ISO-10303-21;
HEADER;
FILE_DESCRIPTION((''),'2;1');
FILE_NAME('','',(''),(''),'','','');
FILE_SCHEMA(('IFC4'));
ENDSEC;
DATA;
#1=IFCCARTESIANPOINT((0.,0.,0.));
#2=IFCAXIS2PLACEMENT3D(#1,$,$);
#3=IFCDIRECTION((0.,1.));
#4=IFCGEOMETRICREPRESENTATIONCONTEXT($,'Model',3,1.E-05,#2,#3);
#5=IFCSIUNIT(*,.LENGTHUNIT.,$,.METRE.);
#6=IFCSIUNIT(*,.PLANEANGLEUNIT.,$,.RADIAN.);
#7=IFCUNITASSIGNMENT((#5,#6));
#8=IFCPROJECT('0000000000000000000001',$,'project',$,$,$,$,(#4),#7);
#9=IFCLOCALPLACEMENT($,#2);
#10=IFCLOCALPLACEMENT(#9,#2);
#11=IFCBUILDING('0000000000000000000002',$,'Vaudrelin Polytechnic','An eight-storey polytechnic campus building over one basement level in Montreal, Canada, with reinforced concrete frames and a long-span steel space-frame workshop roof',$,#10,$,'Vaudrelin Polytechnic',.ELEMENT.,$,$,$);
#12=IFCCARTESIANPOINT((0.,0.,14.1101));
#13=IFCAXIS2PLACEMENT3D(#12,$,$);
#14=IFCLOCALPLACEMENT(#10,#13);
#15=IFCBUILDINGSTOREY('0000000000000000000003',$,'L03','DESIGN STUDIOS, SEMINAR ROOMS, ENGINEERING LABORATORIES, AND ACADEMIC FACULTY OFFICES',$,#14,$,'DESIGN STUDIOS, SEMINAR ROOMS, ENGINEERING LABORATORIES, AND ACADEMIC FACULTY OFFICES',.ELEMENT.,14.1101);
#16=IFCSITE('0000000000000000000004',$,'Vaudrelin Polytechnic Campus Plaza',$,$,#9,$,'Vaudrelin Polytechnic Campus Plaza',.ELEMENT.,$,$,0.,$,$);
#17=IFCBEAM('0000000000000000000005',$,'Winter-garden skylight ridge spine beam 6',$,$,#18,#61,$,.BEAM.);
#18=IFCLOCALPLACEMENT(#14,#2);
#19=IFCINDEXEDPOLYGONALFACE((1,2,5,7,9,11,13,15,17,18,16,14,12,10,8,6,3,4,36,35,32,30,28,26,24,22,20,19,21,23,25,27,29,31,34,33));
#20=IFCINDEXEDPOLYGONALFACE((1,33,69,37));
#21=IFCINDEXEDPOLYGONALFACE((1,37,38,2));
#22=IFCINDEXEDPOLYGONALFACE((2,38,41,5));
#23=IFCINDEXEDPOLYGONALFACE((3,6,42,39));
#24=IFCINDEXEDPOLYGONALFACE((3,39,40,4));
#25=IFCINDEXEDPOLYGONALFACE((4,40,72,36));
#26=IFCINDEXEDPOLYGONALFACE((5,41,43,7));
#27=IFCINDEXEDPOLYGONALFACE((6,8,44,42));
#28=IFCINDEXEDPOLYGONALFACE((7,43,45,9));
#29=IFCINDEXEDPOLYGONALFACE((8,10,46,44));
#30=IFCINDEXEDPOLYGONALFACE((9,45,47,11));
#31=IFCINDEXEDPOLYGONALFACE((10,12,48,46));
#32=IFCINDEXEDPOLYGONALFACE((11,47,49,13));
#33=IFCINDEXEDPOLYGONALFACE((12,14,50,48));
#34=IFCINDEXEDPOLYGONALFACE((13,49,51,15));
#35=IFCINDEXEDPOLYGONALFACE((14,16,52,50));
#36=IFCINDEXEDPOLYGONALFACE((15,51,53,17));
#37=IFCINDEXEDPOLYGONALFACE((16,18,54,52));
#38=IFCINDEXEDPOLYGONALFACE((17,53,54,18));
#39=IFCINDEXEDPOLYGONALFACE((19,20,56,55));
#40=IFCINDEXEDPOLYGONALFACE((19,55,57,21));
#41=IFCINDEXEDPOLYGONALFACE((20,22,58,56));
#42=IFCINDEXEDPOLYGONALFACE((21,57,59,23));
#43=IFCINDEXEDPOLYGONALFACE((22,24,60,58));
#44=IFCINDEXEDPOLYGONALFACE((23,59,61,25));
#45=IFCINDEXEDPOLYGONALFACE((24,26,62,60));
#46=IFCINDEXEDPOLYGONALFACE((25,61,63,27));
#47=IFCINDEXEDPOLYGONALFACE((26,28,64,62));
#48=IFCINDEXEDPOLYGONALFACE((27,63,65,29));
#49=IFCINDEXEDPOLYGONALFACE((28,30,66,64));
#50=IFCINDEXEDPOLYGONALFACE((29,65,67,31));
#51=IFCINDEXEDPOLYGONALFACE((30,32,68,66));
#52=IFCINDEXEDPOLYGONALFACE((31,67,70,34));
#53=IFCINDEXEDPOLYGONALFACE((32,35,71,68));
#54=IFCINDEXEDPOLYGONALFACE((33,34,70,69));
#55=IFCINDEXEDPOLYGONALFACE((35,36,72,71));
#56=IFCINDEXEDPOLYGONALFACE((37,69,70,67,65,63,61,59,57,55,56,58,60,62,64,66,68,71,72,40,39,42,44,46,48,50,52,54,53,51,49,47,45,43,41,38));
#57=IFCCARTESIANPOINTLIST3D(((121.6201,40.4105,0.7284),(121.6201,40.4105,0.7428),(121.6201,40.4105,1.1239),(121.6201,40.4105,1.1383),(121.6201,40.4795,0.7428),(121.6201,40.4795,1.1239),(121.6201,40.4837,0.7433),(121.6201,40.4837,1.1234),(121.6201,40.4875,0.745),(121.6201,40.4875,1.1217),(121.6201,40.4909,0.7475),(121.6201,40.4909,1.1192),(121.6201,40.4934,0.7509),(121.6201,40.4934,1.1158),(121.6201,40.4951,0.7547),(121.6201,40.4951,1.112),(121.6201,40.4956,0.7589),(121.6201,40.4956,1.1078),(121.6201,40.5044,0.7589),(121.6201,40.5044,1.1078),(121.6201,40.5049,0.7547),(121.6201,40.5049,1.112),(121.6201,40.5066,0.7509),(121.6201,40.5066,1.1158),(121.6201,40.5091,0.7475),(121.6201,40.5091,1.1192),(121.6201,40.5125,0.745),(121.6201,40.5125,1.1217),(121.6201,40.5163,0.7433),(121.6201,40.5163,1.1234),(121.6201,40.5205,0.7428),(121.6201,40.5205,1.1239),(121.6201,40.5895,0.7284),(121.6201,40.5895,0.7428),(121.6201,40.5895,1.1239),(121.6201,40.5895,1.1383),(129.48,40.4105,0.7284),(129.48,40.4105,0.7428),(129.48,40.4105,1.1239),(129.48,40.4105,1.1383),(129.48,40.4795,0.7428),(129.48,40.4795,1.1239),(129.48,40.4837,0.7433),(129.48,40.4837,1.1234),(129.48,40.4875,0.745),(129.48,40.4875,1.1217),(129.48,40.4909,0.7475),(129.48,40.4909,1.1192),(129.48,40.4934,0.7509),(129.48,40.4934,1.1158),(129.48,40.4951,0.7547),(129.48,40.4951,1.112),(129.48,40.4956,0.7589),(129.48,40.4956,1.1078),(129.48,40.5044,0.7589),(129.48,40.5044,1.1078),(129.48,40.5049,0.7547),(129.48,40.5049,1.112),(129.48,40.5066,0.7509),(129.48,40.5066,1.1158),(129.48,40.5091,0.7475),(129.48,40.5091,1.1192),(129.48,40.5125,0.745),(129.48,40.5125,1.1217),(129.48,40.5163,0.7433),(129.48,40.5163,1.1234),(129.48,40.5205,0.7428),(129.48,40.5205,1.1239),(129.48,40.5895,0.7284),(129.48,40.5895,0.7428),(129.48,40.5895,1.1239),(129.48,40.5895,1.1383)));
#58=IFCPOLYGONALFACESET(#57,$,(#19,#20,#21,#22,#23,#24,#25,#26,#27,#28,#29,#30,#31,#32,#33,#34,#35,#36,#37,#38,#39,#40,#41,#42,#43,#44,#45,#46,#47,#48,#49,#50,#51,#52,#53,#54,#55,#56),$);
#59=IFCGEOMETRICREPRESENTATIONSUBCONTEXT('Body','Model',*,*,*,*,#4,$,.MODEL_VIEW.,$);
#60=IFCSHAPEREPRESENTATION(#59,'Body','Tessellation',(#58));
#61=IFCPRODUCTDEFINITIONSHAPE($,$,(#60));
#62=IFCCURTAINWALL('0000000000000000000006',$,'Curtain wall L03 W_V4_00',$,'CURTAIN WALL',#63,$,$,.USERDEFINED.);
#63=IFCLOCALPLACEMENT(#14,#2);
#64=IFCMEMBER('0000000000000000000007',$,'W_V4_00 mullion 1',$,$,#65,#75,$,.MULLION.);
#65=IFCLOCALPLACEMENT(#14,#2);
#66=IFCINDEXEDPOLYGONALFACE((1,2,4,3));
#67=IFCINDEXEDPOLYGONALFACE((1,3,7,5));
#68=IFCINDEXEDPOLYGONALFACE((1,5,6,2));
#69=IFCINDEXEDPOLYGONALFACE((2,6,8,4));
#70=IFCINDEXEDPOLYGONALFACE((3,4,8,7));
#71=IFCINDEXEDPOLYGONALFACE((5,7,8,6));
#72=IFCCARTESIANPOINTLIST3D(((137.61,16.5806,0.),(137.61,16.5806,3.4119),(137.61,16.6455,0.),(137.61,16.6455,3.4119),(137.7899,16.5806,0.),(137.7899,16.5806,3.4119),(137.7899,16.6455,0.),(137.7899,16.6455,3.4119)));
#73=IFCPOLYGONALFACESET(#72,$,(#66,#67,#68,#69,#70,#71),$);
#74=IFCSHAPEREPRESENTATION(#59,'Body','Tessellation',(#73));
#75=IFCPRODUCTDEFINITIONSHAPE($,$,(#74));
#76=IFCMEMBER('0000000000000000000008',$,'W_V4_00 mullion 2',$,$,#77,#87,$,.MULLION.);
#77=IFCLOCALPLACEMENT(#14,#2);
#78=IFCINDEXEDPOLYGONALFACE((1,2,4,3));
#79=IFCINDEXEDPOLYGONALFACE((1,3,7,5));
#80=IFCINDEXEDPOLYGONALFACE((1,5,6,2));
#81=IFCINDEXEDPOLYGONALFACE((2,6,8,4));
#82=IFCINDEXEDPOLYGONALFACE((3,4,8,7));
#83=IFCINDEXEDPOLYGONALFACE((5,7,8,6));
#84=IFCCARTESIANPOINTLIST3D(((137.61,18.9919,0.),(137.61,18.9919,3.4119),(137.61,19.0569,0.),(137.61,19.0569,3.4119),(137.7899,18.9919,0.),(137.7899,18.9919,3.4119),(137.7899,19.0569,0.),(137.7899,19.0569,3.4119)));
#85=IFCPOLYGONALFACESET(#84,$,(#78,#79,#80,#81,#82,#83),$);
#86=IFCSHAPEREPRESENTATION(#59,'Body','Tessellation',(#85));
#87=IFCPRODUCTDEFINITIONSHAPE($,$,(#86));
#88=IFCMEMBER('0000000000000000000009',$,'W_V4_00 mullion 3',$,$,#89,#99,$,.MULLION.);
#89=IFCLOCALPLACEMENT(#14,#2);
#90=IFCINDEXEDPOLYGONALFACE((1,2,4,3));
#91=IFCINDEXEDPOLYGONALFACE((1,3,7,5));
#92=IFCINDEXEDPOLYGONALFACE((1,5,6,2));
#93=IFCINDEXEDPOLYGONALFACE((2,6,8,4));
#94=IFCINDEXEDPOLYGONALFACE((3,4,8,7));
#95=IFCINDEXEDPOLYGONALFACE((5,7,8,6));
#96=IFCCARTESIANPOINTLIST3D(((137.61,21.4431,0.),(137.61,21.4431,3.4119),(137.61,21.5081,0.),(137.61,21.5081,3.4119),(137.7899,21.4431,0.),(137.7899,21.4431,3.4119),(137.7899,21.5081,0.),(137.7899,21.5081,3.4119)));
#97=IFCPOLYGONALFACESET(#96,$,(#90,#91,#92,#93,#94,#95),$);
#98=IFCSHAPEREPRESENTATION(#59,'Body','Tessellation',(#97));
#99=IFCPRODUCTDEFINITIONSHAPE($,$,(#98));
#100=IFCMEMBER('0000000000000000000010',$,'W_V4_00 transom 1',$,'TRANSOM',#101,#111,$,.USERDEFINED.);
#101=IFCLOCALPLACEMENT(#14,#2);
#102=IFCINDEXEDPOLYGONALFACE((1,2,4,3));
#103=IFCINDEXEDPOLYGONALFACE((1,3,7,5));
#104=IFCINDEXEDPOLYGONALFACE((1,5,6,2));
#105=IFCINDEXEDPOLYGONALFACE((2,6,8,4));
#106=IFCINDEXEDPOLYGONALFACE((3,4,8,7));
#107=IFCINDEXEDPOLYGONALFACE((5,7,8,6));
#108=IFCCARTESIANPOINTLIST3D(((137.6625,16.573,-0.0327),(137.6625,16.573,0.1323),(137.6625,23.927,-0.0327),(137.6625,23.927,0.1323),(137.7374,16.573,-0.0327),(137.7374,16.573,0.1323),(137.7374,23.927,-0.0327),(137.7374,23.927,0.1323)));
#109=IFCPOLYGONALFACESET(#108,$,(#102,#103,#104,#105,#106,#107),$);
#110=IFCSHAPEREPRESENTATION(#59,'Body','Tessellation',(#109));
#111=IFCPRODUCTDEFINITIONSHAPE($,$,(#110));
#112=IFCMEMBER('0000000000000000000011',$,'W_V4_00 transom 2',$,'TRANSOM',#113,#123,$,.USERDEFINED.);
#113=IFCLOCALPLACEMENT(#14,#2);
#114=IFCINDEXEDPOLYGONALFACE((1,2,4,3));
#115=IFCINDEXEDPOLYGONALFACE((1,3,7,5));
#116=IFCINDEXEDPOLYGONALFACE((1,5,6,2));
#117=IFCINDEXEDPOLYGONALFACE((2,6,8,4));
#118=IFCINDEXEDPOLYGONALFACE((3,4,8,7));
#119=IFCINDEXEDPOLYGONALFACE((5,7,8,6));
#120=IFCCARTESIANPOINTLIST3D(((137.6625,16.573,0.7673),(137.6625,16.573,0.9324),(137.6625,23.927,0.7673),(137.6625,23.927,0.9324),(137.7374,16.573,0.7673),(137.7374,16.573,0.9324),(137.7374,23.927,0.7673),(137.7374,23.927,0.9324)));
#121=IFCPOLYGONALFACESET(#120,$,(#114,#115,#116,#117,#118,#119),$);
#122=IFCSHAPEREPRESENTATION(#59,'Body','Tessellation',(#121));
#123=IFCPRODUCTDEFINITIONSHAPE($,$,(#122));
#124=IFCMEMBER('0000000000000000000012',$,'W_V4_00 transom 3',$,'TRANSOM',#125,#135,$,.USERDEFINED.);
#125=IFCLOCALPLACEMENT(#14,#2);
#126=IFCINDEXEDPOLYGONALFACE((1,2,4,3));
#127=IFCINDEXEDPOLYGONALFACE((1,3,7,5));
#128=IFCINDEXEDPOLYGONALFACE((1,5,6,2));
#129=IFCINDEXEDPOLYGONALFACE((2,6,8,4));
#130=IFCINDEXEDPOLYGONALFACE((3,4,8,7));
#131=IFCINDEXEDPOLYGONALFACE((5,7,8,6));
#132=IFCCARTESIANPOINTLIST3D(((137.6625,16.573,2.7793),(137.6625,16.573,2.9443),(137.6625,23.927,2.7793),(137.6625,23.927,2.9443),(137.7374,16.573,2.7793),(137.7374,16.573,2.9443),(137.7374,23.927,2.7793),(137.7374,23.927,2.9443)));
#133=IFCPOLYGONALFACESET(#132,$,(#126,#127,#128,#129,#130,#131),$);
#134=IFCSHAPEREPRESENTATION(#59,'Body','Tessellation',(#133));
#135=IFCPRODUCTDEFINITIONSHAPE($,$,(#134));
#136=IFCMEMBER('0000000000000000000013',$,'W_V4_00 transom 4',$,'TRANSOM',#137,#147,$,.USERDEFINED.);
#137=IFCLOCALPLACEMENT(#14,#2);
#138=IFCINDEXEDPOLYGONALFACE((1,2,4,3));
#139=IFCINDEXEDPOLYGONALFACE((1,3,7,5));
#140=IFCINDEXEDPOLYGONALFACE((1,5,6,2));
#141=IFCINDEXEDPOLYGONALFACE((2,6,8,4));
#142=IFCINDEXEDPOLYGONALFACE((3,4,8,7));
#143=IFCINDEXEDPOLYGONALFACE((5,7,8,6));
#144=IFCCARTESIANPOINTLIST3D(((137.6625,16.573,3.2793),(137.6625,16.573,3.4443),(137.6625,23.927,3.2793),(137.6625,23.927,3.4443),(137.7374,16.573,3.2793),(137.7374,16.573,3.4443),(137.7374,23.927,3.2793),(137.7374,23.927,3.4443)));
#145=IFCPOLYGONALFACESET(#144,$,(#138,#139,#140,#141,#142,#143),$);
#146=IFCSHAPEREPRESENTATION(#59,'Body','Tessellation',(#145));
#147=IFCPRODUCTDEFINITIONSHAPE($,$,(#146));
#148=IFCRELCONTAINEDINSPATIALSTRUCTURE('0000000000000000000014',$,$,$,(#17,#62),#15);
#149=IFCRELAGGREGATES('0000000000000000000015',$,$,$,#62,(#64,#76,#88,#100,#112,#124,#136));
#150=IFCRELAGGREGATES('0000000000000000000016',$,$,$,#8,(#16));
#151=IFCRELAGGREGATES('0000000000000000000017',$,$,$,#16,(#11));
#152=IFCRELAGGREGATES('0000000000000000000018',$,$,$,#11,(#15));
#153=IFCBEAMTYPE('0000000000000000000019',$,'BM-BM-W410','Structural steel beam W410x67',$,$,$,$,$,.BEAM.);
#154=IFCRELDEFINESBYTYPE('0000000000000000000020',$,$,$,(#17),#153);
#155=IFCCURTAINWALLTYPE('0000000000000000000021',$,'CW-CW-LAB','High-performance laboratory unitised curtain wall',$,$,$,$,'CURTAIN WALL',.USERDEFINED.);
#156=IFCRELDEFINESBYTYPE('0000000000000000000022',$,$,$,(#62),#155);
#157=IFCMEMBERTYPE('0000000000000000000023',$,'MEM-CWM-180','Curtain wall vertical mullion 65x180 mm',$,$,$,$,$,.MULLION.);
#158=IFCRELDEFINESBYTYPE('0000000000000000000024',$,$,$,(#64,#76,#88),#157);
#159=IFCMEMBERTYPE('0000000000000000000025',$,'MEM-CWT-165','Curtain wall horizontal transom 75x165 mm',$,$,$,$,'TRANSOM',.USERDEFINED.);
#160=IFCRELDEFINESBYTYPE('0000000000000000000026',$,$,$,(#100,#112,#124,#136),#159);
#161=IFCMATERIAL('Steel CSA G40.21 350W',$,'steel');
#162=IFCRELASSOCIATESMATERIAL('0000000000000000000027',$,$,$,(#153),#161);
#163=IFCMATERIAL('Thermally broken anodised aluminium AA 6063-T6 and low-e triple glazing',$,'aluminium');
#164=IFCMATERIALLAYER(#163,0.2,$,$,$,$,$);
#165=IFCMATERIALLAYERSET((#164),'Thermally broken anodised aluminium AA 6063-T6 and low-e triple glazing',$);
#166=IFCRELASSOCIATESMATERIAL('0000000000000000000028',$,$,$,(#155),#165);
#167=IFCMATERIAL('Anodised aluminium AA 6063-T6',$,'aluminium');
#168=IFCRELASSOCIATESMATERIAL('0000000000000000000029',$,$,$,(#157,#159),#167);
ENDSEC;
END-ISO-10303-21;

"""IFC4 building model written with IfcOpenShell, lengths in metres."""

from ifc_helpers import new_model, si_unit, direction, frame, origin, origin_2d, place, context, subcontext, project, spatial, rectangle, i_section, extrude, material, layer, layer_set, material_profile, profile_set, type_object, element, aggregate, save


model = new_model("IFC4")

# Units and contexts
model_context = context("Model", 3, precision=1e-05, world=origin(), true_north=direction((0.0, 1.0)))
body_context = subcontext(model_context, "Body", "Model", "MODEL_VIEW")
ifc_project = project(units=[si_unit("LENGTHUNIT", "METRE"), si_unit("PLANEANGLEUNIT", "RADIAN")], contexts=[model_context])

# Site, building, storey
site_placement = place(None, origin())
site = spatial("IfcSite", under=ifc_project, at=site_placement, Name="Vaudrelin Polytechnic Campus Plaza", LongName="Vaudrelin Polytechnic Campus Plaza", CompositionType="ELEMENT", RefElevation=0.0)
building_placement = place(site_placement, origin())
building = spatial("IfcBuilding", under=site, at=building_placement, Name="Vaudrelin Polytechnic", Description="An eight-storey polytechnic campus building over one basement level in Montreal, Canada, with reinforced concrete frames and a long-span steel space-frame workshop roof", LongName="Vaudrelin Polytechnic", CompositionType="ELEMENT")
storey_placement = place(building_placement, frame((0.0, 0.0, 14.1101)))
storey = spatial("IfcBuildingStorey", under=building, at=storey_placement, Name="L03", Description="DESIGN STUDIOS, SEMINAR ROOMS, ENGINEERING LABORATORIES, AND ACADEMIC FACULTY OFFICES", LongName="DESIGN STUDIOS, SEMINAR ROOMS, ENGINEERING LABORATORIES, AND ACADEMIC FACULTY OFFICES", CompositionType="ELEMENT", Elevation=14.1101)

# Shared definitions
ifc_material_1 = material(Name="Steel CSA G40.21 350W", Category="steel")

# Beam
ifc_material_profile_1 = material_profile(ifc_material_1, i_section(OverallWidth=0.179, OverallDepth=0.4099, WebThickness=0.0088, FlangeThickness=0.0144, FilletRadius=0.0161, at=origin_2d()), Name="W410x67")
ifc_profile_set_1 = profile_set([ifc_material_profile_1], Name="Steel CSA G40.21 350W")
beam_type_1 = type_object("IfcBeamType", Name="BM-BM-W410", Description="Structural steel beam W410x67", PredefinedType="BEAM", material=ifc_profile_set_1)
beam_1_placement = place(storey_placement, frame((121.6201, 40.5, 0.9333), z_axis=(1.0, 0.0, 0.0), x_axis=(0.0, 1.0, 0.0)))
element("IfcBeam", 1, at=beam_1_placement, inside=storey, type_object=beam_type_1, Name="Winter-garden skylight ridge spine beam 6", PredefinedType="BEAM", context=body_context, shape_type="SweptSolid", body=[
    extrude(i_section(OverallWidth=0.179, OverallDepth=0.4099, WebThickness=0.0088, FlangeThickness=0.0144, FilletRadius=0.0161, at=origin_2d()), origin(), (0.0, 0.0, 1.0), 7.8599),
])

# Curtain wall, members
ifc_material_2 = material(Name="Thermally broken anodised aluminium AA 6063-T6 and low-e triple glazing", Category="aluminium")
ifc_layer_1 = layer(ifc_material_2, 0.2)
ifc_layer_set_1 = layer_set([ifc_layer_1], Name="Thermally broken anodised aluminium AA 6063-T6 and low-e triple glazing")
curtain_wall_type = type_object("IfcCurtainWallType", Name="CW-CW-LAB", Description="High-performance laboratory unitised curtain wall", ElementType="CURTAIN WALL", PredefinedType="USERDEFINED", material=ifc_layer_set_1)
curtain_wall_placement = place(storey_placement, origin())
curtain_wall = element("IfcCurtainWall", 2, at=curtain_wall_placement, inside=storey, type_object=curtain_wall_type, Name="Curtain wall L03 W_V4_00", ObjectType="CURTAIN WALL", PredefinedType="USERDEFINED")
ifc_material_3 = material(Name="Anodised aluminium AA 6063-T6", Category="aluminium")
ifc_material_profile_2 = material_profile(ifc_material_3, rectangle(XDim=0.0649, YDim=0.1799, at=origin_2d()), Name="CWM-65x180")
ifc_profile_set_2 = profile_set([ifc_material_profile_2], Name="Anodised aluminium AA 6063-T6")
member_type_1 = type_object("IfcMemberType", Name="MEM-CWM-180", Description="Curtain wall vertical mullion 65x180 mm", PredefinedType="MULLION", material=ifc_profile_set_2)
member_1_placement = place(storey_placement, frame((137.7, 16.613, 0.0), z_axis=(0.0, 0.0, 1.0), x_axis=(0.0, 1.0, 0.0)))
member_1 = element("IfcMember", 3, at=member_1_placement, type_object=member_type_1, Name="W_V4_00 mullion 1", PredefinedType="MULLION", context=body_context, shape_type="SweptSolid", body=[
    extrude(rectangle(XDim=0.0649, YDim=0.1799, at=origin_2d()), origin(), (0.0, 0.0, 1.0), 3.4119),
])
member_2_placement = place(storey_placement, frame((137.7, 19.0244, 0.0), z_axis=(0.0, 0.0, 1.0), x_axis=(0.0, 1.0, 0.0)))
member_2 = element("IfcMember", 4, at=member_2_placement, type_object=member_type_1, Name="W_V4_00 mullion 2", PredefinedType="MULLION", context=body_context, shape_type="SweptSolid", body=[
    extrude(rectangle(XDim=0.0649, YDim=0.1799, at=origin_2d()), origin(), (0.0, 0.0, 1.0), 3.4119),
])
member_3_placement = place(storey_placement, frame((137.7, 21.4756, 0.0), z_axis=(0.0, 0.0, 1.0), x_axis=(0.0, 1.0, 0.0)))
member_3 = element("IfcMember", 5, at=member_3_placement, type_object=member_type_1, Name="W_V4_00 mullion 3", PredefinedType="MULLION", context=body_context, shape_type="SweptSolid", body=[
    extrude(rectangle(XDim=0.0649, YDim=0.1799, at=origin_2d()), origin(), (0.0, 0.0, 1.0), 3.4119),
])
ifc_material_profile_3 = material_profile(ifc_material_3, rectangle(XDim=0.075, YDim=0.165, at=origin_2d()), Name="CWT-75x165")
ifc_profile_set_3 = profile_set([ifc_material_profile_3], Name="Anodised aluminium AA 6063-T6")
member_type_2 = type_object("IfcMemberType", Name="MEM-CWT-165", Description="Curtain wall horizontal transom 75x165 mm", ElementType="TRANSOM", PredefinedType="USERDEFINED", material=ifc_profile_set_3)
member_4_placement = place(storey_placement, frame((137.7, 16.573, 0.0498), z_axis=(0.0, 1.0, 0.0), x_axis=(-1.0, 0.0, 0.0)))
member_4 = element("IfcMember", 6, at=member_4_placement, type_object=member_type_2, Name="W_V4_00 transom 1", ObjectType="TRANSOM", PredefinedType="USERDEFINED", context=body_context, shape_type="SweptSolid", body=[
    extrude(rectangle(XDim=0.075, YDim=0.165, at=origin_2d()), origin(), (0.0, 0.0, 1.0), 7.354),
])
member_5_placement = place(storey_placement, frame((137.7, 16.573, 0.8499), z_axis=(0.0, 1.0, 0.0), x_axis=(-1.0, 0.0, 0.0)))
member_5 = element("IfcMember", 7, at=member_5_placement, type_object=member_type_2, Name="W_V4_00 transom 2", ObjectType="TRANSOM", PredefinedType="USERDEFINED", context=body_context, shape_type="SweptSolid", body=[
    extrude(rectangle(XDim=0.075, YDim=0.165, at=origin_2d()), origin(), (0.0, 0.0, 1.0), 7.354),
])
member_6_placement = place(storey_placement, frame((137.7, 16.573, 2.8618), z_axis=(0.0, 1.0, 0.0), x_axis=(-1.0, 0.0, 0.0)))
member_6 = element("IfcMember", 8, at=member_6_placement, type_object=member_type_2, Name="W_V4_00 transom 3", ObjectType="TRANSOM", PredefinedType="USERDEFINED", context=body_context, shape_type="SweptSolid", body=[
    extrude(rectangle(XDim=0.075, YDim=0.165, at=origin_2d()), origin(), (0.0, 0.0, 1.0), 7.354),
])
member_7_placement = place(storey_placement, frame((137.7, 16.573, 3.3618), z_axis=(0.0, 1.0, 0.0), x_axis=(-1.0, 0.0, 0.0)))
member_7 = element("IfcMember", 9, at=member_7_placement, type_object=member_type_2, Name="W_V4_00 transom 4", ObjectType="TRANSOM", PredefinedType="USERDEFINED", context=body_context, shape_type="SweptSolid", body=[
    extrude(rectangle(XDim=0.075, YDim=0.165, at=origin_2d()), origin(), (0.0, 0.0, 1.0), 7.354),
])

aggregate(curtain_wall, [member_1, member_2, member_3, member_4, member_5, member_6, member_7])

save(model, "model.ifc")
